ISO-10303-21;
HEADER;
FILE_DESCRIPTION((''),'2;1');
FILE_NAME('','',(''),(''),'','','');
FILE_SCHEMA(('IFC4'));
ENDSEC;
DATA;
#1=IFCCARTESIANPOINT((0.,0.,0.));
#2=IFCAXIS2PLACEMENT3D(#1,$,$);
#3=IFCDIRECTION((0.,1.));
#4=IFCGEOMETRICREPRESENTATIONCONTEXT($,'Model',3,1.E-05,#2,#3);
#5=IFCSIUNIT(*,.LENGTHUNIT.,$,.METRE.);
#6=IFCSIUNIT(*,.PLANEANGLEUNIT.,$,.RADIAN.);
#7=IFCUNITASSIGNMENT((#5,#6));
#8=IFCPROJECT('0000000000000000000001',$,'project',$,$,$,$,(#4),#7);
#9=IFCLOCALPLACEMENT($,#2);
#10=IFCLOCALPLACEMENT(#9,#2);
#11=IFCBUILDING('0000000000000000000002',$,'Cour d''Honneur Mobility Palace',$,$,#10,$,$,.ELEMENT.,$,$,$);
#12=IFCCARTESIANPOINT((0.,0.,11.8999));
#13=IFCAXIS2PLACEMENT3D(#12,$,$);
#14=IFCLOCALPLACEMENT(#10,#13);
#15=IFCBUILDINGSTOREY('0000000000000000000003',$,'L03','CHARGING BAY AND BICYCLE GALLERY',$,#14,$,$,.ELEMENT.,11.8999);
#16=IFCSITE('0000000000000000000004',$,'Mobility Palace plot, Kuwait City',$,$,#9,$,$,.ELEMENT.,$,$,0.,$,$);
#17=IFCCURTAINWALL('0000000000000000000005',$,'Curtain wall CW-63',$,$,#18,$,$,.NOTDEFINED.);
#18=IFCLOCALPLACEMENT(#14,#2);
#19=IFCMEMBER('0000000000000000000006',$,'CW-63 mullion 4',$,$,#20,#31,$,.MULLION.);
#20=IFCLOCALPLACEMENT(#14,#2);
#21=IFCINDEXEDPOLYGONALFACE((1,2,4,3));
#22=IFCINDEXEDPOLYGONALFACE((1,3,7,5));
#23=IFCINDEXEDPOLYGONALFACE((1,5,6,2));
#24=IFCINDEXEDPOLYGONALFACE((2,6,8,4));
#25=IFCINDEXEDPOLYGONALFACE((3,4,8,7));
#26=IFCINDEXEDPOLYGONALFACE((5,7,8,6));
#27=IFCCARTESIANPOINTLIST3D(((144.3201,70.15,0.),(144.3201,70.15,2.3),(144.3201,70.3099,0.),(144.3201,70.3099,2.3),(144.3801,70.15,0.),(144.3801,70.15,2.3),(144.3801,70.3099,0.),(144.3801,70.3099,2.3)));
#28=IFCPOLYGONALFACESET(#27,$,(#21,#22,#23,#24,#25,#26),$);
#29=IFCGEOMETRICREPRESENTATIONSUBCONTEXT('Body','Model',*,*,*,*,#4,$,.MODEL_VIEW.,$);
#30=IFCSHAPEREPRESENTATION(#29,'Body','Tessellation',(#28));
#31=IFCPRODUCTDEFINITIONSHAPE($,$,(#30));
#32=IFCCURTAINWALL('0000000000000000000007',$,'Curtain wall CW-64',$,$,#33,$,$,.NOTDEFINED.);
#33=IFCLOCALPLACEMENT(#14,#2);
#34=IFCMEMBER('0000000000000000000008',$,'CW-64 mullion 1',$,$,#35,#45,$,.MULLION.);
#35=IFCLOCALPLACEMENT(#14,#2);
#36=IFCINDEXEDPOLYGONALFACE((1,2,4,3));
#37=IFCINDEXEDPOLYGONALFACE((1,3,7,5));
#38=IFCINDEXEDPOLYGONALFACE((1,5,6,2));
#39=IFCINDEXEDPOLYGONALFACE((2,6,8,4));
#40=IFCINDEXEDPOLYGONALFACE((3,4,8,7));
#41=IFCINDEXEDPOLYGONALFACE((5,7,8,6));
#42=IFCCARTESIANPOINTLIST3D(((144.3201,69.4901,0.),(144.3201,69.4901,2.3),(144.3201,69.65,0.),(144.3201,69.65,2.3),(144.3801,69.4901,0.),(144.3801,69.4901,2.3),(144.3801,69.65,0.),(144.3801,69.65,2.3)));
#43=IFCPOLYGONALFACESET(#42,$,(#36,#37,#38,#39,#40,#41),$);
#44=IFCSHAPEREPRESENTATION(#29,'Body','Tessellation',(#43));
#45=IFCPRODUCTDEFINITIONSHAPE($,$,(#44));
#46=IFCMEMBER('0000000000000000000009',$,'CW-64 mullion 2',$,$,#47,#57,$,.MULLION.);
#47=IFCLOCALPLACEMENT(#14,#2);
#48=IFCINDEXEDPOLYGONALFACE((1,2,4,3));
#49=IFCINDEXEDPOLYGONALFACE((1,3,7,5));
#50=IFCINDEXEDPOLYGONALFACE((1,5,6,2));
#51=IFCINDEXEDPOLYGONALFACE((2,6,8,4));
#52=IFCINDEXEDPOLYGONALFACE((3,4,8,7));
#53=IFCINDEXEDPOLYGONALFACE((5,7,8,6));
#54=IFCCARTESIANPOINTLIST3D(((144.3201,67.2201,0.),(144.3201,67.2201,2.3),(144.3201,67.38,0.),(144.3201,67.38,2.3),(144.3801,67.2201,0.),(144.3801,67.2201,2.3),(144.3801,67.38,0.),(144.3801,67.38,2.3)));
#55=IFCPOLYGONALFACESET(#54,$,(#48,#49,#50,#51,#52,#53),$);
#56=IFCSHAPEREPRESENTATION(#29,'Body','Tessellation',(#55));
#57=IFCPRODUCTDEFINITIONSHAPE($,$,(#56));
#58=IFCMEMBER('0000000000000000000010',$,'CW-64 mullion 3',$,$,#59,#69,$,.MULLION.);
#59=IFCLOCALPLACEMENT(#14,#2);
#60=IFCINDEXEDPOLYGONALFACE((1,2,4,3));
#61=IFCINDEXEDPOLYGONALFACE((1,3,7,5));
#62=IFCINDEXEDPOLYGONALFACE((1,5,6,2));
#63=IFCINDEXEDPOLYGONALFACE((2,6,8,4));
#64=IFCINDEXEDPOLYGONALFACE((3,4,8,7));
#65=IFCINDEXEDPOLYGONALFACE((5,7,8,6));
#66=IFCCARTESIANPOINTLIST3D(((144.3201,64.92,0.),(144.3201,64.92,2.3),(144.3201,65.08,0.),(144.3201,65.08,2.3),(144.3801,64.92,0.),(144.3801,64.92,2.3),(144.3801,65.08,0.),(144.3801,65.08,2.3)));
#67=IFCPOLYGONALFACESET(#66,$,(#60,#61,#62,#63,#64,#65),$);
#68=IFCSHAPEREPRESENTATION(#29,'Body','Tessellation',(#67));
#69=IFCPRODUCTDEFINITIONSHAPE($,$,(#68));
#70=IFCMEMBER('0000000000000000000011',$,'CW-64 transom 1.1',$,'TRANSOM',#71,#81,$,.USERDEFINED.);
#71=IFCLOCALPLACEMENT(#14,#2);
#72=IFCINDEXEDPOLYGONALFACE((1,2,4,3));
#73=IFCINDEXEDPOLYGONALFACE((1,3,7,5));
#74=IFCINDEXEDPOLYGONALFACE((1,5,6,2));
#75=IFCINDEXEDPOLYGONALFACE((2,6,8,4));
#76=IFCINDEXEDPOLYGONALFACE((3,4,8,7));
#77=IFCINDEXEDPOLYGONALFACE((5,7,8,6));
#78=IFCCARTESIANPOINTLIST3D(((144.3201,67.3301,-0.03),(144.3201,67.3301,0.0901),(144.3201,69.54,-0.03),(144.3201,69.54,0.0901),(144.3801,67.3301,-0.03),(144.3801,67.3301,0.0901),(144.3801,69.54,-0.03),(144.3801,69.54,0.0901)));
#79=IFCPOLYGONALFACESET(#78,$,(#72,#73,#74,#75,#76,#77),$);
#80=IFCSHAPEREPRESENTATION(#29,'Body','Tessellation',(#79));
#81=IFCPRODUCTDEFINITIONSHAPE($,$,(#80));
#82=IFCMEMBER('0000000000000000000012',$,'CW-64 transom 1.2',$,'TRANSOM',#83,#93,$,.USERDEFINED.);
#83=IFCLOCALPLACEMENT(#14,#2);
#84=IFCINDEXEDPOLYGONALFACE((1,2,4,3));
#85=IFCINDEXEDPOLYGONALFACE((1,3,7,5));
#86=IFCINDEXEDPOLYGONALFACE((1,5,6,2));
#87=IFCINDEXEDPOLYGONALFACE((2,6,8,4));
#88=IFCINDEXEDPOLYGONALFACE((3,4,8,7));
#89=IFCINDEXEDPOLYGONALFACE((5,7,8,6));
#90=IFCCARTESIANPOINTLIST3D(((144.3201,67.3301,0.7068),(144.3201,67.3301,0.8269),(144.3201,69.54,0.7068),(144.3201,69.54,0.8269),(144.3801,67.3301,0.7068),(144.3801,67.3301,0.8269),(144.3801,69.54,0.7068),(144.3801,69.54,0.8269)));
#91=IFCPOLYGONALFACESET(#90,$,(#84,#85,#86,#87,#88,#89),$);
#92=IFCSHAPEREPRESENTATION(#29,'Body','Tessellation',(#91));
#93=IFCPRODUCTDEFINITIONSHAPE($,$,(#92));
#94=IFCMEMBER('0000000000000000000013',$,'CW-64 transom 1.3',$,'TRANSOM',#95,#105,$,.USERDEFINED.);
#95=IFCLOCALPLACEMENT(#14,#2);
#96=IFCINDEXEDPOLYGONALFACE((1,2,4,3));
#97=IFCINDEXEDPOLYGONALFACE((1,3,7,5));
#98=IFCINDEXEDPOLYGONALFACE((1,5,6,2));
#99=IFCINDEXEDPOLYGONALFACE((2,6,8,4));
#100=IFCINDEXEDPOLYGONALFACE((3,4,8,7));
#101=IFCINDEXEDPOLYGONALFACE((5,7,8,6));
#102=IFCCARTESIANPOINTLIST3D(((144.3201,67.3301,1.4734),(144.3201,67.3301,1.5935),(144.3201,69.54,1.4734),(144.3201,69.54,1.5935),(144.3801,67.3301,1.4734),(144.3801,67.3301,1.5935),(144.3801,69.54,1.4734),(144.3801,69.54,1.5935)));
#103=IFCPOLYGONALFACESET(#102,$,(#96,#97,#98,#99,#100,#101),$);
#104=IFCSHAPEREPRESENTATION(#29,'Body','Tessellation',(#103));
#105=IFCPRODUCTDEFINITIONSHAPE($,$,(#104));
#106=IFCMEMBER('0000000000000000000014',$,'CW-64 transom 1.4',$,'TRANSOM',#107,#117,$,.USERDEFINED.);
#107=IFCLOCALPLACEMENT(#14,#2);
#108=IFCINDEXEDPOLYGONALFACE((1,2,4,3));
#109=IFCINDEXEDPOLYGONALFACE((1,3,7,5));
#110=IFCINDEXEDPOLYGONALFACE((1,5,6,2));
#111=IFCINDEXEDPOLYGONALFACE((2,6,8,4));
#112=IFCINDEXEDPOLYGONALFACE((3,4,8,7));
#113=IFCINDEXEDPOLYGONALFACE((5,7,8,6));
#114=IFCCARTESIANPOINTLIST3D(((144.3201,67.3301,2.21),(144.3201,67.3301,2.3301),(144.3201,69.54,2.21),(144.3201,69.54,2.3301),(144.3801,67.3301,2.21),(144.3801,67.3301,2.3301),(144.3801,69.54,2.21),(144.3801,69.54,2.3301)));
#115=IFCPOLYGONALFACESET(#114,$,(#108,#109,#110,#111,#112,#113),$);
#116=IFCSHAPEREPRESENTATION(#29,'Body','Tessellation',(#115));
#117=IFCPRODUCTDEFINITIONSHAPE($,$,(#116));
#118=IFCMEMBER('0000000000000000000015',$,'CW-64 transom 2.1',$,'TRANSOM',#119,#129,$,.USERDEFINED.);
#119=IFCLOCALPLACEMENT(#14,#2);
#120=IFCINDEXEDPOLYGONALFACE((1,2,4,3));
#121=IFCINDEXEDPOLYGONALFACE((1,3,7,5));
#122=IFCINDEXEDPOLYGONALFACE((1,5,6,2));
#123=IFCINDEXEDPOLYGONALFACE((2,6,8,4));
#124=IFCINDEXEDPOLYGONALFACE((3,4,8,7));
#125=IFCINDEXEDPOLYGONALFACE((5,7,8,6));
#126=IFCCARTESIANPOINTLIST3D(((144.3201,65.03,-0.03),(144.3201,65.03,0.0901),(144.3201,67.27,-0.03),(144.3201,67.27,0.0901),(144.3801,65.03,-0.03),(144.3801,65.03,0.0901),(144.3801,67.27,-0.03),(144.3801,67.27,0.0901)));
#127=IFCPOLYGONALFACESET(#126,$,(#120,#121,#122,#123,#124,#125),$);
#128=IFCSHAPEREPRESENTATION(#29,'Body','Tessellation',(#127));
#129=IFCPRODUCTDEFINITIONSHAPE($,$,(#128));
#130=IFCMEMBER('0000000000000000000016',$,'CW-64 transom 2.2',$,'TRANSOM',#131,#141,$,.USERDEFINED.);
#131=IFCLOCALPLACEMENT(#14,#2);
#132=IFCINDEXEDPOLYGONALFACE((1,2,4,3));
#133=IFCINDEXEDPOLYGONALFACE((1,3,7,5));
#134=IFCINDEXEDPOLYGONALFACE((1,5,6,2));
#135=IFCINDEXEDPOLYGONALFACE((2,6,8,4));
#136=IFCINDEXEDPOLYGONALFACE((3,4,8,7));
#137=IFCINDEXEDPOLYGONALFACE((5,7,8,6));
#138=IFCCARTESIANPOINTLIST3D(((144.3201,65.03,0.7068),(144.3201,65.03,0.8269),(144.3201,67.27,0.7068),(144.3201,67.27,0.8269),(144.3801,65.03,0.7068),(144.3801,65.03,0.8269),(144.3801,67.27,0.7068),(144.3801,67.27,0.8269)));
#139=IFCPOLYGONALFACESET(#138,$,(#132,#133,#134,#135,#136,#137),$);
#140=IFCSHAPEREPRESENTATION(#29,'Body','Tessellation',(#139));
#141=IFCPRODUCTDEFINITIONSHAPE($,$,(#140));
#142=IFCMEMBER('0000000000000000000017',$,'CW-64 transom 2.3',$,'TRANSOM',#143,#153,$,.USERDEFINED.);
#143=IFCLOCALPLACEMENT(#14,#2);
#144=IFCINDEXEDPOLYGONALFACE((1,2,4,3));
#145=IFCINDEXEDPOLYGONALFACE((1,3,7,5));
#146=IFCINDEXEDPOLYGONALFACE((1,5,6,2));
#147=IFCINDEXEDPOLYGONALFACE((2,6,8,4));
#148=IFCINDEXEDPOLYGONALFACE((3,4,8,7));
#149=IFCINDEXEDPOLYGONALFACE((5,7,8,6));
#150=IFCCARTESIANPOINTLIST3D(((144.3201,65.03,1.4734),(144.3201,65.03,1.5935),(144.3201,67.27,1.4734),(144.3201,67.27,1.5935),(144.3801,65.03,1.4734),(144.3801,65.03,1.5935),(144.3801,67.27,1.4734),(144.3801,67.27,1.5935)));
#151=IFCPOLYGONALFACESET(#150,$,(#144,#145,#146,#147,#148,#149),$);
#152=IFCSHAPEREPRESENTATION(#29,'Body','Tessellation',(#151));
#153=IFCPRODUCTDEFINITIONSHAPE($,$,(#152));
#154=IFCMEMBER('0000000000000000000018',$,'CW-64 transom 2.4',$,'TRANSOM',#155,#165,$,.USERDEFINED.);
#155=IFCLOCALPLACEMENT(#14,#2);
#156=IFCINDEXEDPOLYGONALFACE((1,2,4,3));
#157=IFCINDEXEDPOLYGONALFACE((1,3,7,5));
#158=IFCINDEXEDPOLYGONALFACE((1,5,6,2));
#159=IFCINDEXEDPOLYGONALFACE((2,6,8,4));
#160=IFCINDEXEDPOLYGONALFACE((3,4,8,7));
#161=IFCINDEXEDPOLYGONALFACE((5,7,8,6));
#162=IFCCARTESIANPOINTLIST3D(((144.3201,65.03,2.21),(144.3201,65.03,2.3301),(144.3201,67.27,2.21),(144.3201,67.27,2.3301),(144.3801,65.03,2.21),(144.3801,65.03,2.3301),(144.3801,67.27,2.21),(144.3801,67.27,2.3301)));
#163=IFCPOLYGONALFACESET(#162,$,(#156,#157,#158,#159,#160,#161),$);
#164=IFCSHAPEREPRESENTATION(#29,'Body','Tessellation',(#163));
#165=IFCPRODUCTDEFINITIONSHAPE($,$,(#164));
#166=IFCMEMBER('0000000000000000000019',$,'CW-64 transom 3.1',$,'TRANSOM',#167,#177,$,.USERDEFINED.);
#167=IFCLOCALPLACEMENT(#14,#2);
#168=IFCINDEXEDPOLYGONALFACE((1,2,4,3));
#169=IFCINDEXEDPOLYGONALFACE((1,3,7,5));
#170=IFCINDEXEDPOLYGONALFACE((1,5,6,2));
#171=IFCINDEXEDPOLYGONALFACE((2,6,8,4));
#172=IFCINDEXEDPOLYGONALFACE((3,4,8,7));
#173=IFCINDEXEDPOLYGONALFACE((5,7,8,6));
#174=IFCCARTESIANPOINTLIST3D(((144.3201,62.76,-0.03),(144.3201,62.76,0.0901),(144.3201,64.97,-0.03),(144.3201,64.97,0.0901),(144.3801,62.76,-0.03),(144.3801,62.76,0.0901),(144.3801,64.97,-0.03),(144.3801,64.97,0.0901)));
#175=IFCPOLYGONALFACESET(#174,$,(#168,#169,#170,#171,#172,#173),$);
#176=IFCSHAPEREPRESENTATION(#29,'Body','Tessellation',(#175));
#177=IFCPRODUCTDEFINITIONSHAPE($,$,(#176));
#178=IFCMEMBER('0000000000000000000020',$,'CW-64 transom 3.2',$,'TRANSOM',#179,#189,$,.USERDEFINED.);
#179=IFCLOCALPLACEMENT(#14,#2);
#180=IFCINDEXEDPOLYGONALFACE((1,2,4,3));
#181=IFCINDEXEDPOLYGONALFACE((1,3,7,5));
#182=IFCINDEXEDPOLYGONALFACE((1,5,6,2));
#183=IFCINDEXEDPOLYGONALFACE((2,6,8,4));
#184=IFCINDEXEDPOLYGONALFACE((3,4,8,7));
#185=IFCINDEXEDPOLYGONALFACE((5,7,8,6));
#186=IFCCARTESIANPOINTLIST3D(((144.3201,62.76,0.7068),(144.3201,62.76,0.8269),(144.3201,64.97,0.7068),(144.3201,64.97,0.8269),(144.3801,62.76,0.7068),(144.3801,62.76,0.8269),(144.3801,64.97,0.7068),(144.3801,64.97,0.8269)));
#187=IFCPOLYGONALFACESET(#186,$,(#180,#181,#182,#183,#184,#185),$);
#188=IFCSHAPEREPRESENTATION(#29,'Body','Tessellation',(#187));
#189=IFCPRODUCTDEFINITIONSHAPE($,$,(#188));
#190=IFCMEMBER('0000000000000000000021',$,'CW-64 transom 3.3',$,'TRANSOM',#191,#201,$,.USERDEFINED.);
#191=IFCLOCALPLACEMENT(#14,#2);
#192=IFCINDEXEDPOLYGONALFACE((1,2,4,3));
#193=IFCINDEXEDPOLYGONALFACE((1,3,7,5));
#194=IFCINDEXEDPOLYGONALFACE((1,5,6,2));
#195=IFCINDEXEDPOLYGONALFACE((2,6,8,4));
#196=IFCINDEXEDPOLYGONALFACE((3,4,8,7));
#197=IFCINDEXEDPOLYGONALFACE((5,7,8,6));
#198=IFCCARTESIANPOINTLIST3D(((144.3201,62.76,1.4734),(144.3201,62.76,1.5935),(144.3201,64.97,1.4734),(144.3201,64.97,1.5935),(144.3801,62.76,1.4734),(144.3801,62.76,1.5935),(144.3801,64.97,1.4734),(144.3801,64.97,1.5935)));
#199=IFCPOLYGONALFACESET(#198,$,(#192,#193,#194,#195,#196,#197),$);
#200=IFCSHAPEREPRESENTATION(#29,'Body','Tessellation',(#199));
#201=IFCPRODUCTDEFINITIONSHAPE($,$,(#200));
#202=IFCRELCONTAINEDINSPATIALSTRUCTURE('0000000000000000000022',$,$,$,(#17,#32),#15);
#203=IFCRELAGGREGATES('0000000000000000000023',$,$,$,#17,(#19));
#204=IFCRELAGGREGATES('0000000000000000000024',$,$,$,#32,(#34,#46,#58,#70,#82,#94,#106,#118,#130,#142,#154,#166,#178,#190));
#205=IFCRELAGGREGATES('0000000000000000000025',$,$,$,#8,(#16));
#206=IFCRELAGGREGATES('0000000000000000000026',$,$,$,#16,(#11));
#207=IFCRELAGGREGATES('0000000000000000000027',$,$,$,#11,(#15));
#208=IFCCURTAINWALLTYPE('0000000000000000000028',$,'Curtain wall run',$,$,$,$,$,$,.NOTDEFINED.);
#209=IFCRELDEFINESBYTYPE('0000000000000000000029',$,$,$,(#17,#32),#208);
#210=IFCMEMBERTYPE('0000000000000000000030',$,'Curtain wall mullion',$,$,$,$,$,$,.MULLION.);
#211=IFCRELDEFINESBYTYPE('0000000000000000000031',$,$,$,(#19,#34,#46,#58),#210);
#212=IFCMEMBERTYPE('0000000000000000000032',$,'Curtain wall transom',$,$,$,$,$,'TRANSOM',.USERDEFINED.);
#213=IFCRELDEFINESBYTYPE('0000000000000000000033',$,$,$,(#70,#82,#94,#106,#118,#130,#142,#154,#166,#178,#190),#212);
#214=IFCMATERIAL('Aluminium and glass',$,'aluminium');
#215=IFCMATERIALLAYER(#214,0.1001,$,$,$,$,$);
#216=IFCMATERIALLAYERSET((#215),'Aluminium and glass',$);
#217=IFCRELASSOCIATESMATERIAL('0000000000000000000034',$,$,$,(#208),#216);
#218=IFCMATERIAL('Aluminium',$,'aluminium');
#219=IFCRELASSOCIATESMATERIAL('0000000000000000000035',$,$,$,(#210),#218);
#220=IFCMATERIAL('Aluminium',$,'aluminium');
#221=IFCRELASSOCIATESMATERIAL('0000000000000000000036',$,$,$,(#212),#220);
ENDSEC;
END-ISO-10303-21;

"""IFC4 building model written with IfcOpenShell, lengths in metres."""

from ifc_helpers import new_model, si_unit, direction, frame, origin, origin_2d, place, context, subcontext, project, spatial, rectangle, extrude, material, layer, layer_set, material_profile, profile_set, type_object, element, aggregate, save


model = new_model("IFC4")

# Units and contexts
model_context = context("Model", 3, precision=1e-05, world=origin(), true_north=direction((0.0, 1.0)))
body_context = subcontext(model_context, "Body", "Model", "MODEL_VIEW")
ifc_project = project(units=[si_unit("LENGTHUNIT", "METRE"), si_unit("PLANEANGLEUNIT", "RADIAN")], contexts=[model_context])

# Site, building, storey
site_placement = place(None, origin())
site = spatial("IfcSite", under=ifc_project, at=site_placement, Name="Mobility Palace plot, Kuwait City", CompositionType="ELEMENT", RefElevation=0.0)
building_placement = place(site_placement, origin())
building = spatial("IfcBuilding", under=site, at=building_placement, Name="Cour d'Honneur Mobility Palace", CompositionType="ELEMENT")
storey_placement = place(building_placement, frame((0.0, 0.0, 11.8999)))
storey = spatial("IfcBuildingStorey", under=building, at=storey_placement, Name="L03", Description="CHARGING BAY AND BICYCLE GALLERY", CompositionType="ELEMENT", Elevation=11.8999)

# Curtain wall, member
ifc_material_1 = material(Name="Aluminium and glass", Category="aluminium")
ifc_layer_1 = layer(ifc_material_1, 0.1001)
ifc_layer_set_1 = layer_set([ifc_layer_1], Name="Aluminium and glass")
curtain_wall_type = type_object("IfcCurtainWallType", Name="Curtain wall run", PredefinedType="NOTDEFINED", material=ifc_layer_set_1)
curtain_wall_1_placement = place(storey_placement, origin())
curtain_wall_1 = element("IfcCurtainWall", 1, at=curtain_wall_1_placement, inside=storey, type_object=curtain_wall_type, Name="Curtain wall CW-63", PredefinedType="NOTDEFINED")
ifc_material_2 = material(Name="Aluminium", Category="aluminium")
ifc_material_profile_1 = material_profile(ifc_material_2, rectangle(XDim=0.0601, YDim=0.1599, at=origin_2d()), Name="Curtain wall mullion")
ifc_profile_set_1 = profile_set([ifc_material_profile_1], Name="Aluminium")
member_type_1 = type_object("IfcMemberType", Name="Curtain wall mullion", PredefinedType="MULLION", material=ifc_profile_set_1)
member_1_placement = place(storey_placement, frame((144.3501, 70.23, 0.0), z_axis=(0.0, 0.0, 1.0), x_axis=(1.0, 0.0, 0.0)))
member_1 = element("IfcMember", 2, at=member_1_placement, type_object=member_type_1, Name="CW-63 mullion 4", PredefinedType="MULLION", context=body_context, shape_type="SweptSolid", body=[
    extrude(rectangle(XDim=0.0601, YDim=0.1599, at=origin_2d()), origin(), (0.0, 0.0, 1.0), 2.3),
])
aggregate(curtain_wall_1, [member_1])

# Curtain wall, members
curtain_wall_2_placement = place(storey_placement, origin())
curtain_wall_2 = element("IfcCurtainWall", 3, at=curtain_wall_2_placement, inside=storey, type_object=curtain_wall_type, Name="Curtain wall CW-64", PredefinedType="NOTDEFINED")
member_2_placement = place(storey_placement, frame((144.3501, 69.5701, 0.0), z_axis=(0.0, 0.0, 1.0), x_axis=(1.0, 0.0, 0.0)))
member_2 = element("IfcMember", 4, at=member_2_placement, type_object=member_type_1, Name="CW-64 mullion 1", PredefinedType="MULLION", context=body_context, shape_type="SweptSolid", body=[
    extrude(rectangle(XDim=0.0601, YDim=0.1599, at=origin_2d()), origin(), (0.0, 0.0, 1.0), 2.3),
])
member_3_placement = place(storey_placement, frame((144.3501, 67.3, 0.0), z_axis=(0.0, 0.0, 1.0), x_axis=(1.0, 0.0, 0.0)))
member_3 = element("IfcMember", 5, at=member_3_placement, type_object=member_type_1, Name="CW-64 mullion 2", PredefinedType="MULLION", context=body_context, shape_type="SweptSolid", body=[
    extrude(rectangle(XDim=0.0601, YDim=0.1599, at=origin_2d()), origin(), (0.0, 0.0, 1.0), 2.3),
])
member_4_placement = place(storey_placement, frame((144.3501, 65.0, 0.0), z_axis=(0.0, 0.0, 1.0), x_axis=(1.0, 0.0, 0.0)))
member_4 = element("IfcMember", 6, at=member_4_placement, type_object=member_type_1, Name="CW-64 mullion 3", PredefinedType="MULLION", context=body_context, shape_type="SweptSolid", body=[
    extrude(rectangle(XDim=0.0601, YDim=0.1599, at=origin_2d()), origin(), (0.0, 0.0, 1.0), 2.3),
])
ifc_material_3 = material(Name="Aluminium", Category="aluminium")
ifc_material_profile_2 = material_profile(ifc_material_3, rectangle(XDim=0.0601, YDim=0.1201, at=origin_2d()), Name="Curtain wall transom")
ifc_profile_set_2 = profile_set([ifc_material_profile_2], Name="Aluminium")
member_type_2 = type_object("IfcMemberType", Name="Curtain wall transom", ElementType="TRANSOM", PredefinedType="USERDEFINED", material=ifc_profile_set_2)
member_5_placement = place(storey_placement, frame((144.3501, 69.54, 0.03), z_axis=(0.0, -1.0, 0.0), x_axis=(1.0, 0.0, 0.0)))
member_5 = element("IfcMember", 7, at=member_5_placement, type_object=member_type_2, Name="CW-64 transom 1.1", ObjectType="TRANSOM", PredefinedType="USERDEFINED", context=body_context, shape_type="SweptSolid", body=[
    extrude(rectangle(XDim=0.0601, YDim=0.1201, at=origin_2d()), origin(), (0.0, 0.0, 1.0), 2.21),
])
member_6_placement = place(storey_placement, frame((144.3501, 69.54, 0.7668), z_axis=(0.0, -1.0, 0.0), x_axis=(1.0, 0.0, 0.0)))
member_6 = element("IfcMember", 8, at=member_6_placement, type_object=member_type_2, Name="CW-64 transom 1.2", ObjectType="TRANSOM", PredefinedType="USERDEFINED", context=body_context, shape_type="SweptSolid", body=[
    extrude(rectangle(XDim=0.0601, YDim=0.1201, at=origin_2d()), origin(), (0.0, 0.0, 1.0), 2.21),
])
member_7_placement = place(storey_placement, frame((144.3501, 69.54, 1.5334), z_axis=(0.0, -1.0, 0.0), x_axis=(1.0, 0.0, 0.0)))
member_7 = element("IfcMember", 9, at=member_7_placement, type_object=member_type_2, Name="CW-64 transom 1.3", ObjectType="TRANSOM", PredefinedType="USERDEFINED", context=body_context, shape_type="SweptSolid", body=[
    extrude(rectangle(XDim=0.0601, YDim=0.1201, at=origin_2d()), origin(), (0.0, 0.0, 1.0), 2.21),
])
member_8_placement = place(storey_placement, frame((144.3501, 69.54, 2.27), z_axis=(0.0, -1.0, 0.0), x_axis=(1.0, 0.0, 0.0)))
member_8 = element("IfcMember", 10, at=member_8_placement, type_object=member_type_2, Name="CW-64 transom 1.4", ObjectType="TRANSOM", PredefinedType="USERDEFINED", context=body_context, shape_type="SweptSolid", body=[
    extrude(rectangle(XDim=0.0601, YDim=0.1201, at=origin_2d()), origin(), (0.0, 0.0, 1.0), 2.21),
])
member_9_placement = place(storey_placement, frame((144.3501, 67.27, 0.03), z_axis=(0.0, -1.0, 0.0), x_axis=(1.0, 0.0, 0.0)))
member_9 = element("IfcMember", 11, at=member_9_placement, type_object=member_type_2, Name="CW-64 transom 2.1", ObjectType="TRANSOM", PredefinedType="USERDEFINED", context=body_context, shape_type="SweptSolid", body=[
    extrude(rectangle(XDim=0.0601, YDim=0.1201, at=origin_2d()), origin(), (0.0, 0.0, 1.0), 2.24),
])
member_10_placement = place(storey_placement, frame((144.3501, 67.27, 0.7668), z_axis=(0.0, -1.0, 0.0), x_axis=(1.0, 0.0, 0.0)))
member_10 = element("IfcMember", 12, at=member_10_placement, type_object=member_type_2, Name="CW-64 transom 2.2", ObjectType="TRANSOM", PredefinedType="USERDEFINED", context=body_context, shape_type="SweptSolid", body=[
    extrude(rectangle(XDim=0.0601, YDim=0.1201, at=origin_2d()), origin(), (0.0, 0.0, 1.0), 2.24),
])
member_11_placement = place(storey_placement, frame((144.3501, 67.27, 1.5334), z_axis=(0.0, -1.0, 0.0), x_axis=(1.0, 0.0, 0.0)))
member_11 = element("IfcMember", 13, at=member_11_placement, type_object=member_type_2, Name="CW-64 transom 2.3", ObjectType="TRANSOM", PredefinedType="USERDEFINED", context=body_context, shape_type="SweptSolid", body=[
    extrude(rectangle(XDim=0.0601, YDim=0.1201, at=origin_2d()), origin(), (0.0, 0.0, 1.0), 2.24),
])
member_12_placement = place(storey_placement, frame((144.3501, 67.27, 2.27), z_axis=(0.0, -1.0, 0.0), x_axis=(1.0, 0.0, 0.0)))
member_12 = element("IfcMember", 14, at=member_12_placement, type_object=member_type_2, Name="CW-64 transom 2.4", ObjectType="TRANSOM", PredefinedType="USERDEFINED", context=body_context, shape_type="SweptSolid", body=[
    extrude(rectangle(XDim=0.0601, YDim=0.1201, at=origin_2d()), origin(), (0.0, 0.0, 1.0), 2.24),
])
member_13_placement = place(storey_placement, frame((144.3501, 64.97, 0.03), z_axis=(0.0, -1.0, 0.0), x_axis=(1.0, 0.0, 0.0)))
member_13 = element("IfcMember", 15, at=member_13_placement, type_object=member_type_2, Name="CW-64 transom 3.1", ObjectType="TRANSOM", PredefinedType="USERDEFINED", context=body_context, shape_type="SweptSolid", body=[
    extrude(rectangle(XDim=0.0601, YDim=0.1201, at=origin_2d()), origin(), (0.0, 0.0, 1.0), 2.21),
])
member_14_placement = place(storey_placement, frame((144.3501, 64.97, 0.7668), z_axis=(0.0, -1.0, 0.0), x_axis=(1.0, 0.0, 0.0)))
member_14 = element("IfcMember", 16, at=member_14_placement, type_object=member_type_2, Name="CW-64 transom 3.2", ObjectType="TRANSOM", PredefinedType="USERDEFINED", context=body_context, shape_type="SweptSolid", body=[
    extrude(rectangle(XDim=0.0601, YDim=0.1201, at=origin_2d()), origin(), (0.0, 0.0, 1.0), 2.21),
])
member_15_placement = place(storey_placement, frame((144.3501, 64.97, 1.5334), z_axis=(0.0, -1.0, 0.0), x_axis=(1.0, 0.0, 0.0)))
member_15 = element("IfcMember", 17, at=member_15_placement, type_object=member_type_2, Name="CW-64 transom 3.3", ObjectType="TRANSOM", PredefinedType="USERDEFINED", context=body_context, shape_type="SweptSolid", body=[
    extrude(rectangle(XDim=0.0601, YDim=0.1201, at=origin_2d()), origin(), (0.0, 0.0, 1.0), 2.21),
])
aggregate(curtain_wall_2, [member_2, member_3, member_4, member_5, member_6, member_7, member_8, member_9, member_10, member_11, member_12, member_13, member_14, member_15])

save(model, "model.ifc")
